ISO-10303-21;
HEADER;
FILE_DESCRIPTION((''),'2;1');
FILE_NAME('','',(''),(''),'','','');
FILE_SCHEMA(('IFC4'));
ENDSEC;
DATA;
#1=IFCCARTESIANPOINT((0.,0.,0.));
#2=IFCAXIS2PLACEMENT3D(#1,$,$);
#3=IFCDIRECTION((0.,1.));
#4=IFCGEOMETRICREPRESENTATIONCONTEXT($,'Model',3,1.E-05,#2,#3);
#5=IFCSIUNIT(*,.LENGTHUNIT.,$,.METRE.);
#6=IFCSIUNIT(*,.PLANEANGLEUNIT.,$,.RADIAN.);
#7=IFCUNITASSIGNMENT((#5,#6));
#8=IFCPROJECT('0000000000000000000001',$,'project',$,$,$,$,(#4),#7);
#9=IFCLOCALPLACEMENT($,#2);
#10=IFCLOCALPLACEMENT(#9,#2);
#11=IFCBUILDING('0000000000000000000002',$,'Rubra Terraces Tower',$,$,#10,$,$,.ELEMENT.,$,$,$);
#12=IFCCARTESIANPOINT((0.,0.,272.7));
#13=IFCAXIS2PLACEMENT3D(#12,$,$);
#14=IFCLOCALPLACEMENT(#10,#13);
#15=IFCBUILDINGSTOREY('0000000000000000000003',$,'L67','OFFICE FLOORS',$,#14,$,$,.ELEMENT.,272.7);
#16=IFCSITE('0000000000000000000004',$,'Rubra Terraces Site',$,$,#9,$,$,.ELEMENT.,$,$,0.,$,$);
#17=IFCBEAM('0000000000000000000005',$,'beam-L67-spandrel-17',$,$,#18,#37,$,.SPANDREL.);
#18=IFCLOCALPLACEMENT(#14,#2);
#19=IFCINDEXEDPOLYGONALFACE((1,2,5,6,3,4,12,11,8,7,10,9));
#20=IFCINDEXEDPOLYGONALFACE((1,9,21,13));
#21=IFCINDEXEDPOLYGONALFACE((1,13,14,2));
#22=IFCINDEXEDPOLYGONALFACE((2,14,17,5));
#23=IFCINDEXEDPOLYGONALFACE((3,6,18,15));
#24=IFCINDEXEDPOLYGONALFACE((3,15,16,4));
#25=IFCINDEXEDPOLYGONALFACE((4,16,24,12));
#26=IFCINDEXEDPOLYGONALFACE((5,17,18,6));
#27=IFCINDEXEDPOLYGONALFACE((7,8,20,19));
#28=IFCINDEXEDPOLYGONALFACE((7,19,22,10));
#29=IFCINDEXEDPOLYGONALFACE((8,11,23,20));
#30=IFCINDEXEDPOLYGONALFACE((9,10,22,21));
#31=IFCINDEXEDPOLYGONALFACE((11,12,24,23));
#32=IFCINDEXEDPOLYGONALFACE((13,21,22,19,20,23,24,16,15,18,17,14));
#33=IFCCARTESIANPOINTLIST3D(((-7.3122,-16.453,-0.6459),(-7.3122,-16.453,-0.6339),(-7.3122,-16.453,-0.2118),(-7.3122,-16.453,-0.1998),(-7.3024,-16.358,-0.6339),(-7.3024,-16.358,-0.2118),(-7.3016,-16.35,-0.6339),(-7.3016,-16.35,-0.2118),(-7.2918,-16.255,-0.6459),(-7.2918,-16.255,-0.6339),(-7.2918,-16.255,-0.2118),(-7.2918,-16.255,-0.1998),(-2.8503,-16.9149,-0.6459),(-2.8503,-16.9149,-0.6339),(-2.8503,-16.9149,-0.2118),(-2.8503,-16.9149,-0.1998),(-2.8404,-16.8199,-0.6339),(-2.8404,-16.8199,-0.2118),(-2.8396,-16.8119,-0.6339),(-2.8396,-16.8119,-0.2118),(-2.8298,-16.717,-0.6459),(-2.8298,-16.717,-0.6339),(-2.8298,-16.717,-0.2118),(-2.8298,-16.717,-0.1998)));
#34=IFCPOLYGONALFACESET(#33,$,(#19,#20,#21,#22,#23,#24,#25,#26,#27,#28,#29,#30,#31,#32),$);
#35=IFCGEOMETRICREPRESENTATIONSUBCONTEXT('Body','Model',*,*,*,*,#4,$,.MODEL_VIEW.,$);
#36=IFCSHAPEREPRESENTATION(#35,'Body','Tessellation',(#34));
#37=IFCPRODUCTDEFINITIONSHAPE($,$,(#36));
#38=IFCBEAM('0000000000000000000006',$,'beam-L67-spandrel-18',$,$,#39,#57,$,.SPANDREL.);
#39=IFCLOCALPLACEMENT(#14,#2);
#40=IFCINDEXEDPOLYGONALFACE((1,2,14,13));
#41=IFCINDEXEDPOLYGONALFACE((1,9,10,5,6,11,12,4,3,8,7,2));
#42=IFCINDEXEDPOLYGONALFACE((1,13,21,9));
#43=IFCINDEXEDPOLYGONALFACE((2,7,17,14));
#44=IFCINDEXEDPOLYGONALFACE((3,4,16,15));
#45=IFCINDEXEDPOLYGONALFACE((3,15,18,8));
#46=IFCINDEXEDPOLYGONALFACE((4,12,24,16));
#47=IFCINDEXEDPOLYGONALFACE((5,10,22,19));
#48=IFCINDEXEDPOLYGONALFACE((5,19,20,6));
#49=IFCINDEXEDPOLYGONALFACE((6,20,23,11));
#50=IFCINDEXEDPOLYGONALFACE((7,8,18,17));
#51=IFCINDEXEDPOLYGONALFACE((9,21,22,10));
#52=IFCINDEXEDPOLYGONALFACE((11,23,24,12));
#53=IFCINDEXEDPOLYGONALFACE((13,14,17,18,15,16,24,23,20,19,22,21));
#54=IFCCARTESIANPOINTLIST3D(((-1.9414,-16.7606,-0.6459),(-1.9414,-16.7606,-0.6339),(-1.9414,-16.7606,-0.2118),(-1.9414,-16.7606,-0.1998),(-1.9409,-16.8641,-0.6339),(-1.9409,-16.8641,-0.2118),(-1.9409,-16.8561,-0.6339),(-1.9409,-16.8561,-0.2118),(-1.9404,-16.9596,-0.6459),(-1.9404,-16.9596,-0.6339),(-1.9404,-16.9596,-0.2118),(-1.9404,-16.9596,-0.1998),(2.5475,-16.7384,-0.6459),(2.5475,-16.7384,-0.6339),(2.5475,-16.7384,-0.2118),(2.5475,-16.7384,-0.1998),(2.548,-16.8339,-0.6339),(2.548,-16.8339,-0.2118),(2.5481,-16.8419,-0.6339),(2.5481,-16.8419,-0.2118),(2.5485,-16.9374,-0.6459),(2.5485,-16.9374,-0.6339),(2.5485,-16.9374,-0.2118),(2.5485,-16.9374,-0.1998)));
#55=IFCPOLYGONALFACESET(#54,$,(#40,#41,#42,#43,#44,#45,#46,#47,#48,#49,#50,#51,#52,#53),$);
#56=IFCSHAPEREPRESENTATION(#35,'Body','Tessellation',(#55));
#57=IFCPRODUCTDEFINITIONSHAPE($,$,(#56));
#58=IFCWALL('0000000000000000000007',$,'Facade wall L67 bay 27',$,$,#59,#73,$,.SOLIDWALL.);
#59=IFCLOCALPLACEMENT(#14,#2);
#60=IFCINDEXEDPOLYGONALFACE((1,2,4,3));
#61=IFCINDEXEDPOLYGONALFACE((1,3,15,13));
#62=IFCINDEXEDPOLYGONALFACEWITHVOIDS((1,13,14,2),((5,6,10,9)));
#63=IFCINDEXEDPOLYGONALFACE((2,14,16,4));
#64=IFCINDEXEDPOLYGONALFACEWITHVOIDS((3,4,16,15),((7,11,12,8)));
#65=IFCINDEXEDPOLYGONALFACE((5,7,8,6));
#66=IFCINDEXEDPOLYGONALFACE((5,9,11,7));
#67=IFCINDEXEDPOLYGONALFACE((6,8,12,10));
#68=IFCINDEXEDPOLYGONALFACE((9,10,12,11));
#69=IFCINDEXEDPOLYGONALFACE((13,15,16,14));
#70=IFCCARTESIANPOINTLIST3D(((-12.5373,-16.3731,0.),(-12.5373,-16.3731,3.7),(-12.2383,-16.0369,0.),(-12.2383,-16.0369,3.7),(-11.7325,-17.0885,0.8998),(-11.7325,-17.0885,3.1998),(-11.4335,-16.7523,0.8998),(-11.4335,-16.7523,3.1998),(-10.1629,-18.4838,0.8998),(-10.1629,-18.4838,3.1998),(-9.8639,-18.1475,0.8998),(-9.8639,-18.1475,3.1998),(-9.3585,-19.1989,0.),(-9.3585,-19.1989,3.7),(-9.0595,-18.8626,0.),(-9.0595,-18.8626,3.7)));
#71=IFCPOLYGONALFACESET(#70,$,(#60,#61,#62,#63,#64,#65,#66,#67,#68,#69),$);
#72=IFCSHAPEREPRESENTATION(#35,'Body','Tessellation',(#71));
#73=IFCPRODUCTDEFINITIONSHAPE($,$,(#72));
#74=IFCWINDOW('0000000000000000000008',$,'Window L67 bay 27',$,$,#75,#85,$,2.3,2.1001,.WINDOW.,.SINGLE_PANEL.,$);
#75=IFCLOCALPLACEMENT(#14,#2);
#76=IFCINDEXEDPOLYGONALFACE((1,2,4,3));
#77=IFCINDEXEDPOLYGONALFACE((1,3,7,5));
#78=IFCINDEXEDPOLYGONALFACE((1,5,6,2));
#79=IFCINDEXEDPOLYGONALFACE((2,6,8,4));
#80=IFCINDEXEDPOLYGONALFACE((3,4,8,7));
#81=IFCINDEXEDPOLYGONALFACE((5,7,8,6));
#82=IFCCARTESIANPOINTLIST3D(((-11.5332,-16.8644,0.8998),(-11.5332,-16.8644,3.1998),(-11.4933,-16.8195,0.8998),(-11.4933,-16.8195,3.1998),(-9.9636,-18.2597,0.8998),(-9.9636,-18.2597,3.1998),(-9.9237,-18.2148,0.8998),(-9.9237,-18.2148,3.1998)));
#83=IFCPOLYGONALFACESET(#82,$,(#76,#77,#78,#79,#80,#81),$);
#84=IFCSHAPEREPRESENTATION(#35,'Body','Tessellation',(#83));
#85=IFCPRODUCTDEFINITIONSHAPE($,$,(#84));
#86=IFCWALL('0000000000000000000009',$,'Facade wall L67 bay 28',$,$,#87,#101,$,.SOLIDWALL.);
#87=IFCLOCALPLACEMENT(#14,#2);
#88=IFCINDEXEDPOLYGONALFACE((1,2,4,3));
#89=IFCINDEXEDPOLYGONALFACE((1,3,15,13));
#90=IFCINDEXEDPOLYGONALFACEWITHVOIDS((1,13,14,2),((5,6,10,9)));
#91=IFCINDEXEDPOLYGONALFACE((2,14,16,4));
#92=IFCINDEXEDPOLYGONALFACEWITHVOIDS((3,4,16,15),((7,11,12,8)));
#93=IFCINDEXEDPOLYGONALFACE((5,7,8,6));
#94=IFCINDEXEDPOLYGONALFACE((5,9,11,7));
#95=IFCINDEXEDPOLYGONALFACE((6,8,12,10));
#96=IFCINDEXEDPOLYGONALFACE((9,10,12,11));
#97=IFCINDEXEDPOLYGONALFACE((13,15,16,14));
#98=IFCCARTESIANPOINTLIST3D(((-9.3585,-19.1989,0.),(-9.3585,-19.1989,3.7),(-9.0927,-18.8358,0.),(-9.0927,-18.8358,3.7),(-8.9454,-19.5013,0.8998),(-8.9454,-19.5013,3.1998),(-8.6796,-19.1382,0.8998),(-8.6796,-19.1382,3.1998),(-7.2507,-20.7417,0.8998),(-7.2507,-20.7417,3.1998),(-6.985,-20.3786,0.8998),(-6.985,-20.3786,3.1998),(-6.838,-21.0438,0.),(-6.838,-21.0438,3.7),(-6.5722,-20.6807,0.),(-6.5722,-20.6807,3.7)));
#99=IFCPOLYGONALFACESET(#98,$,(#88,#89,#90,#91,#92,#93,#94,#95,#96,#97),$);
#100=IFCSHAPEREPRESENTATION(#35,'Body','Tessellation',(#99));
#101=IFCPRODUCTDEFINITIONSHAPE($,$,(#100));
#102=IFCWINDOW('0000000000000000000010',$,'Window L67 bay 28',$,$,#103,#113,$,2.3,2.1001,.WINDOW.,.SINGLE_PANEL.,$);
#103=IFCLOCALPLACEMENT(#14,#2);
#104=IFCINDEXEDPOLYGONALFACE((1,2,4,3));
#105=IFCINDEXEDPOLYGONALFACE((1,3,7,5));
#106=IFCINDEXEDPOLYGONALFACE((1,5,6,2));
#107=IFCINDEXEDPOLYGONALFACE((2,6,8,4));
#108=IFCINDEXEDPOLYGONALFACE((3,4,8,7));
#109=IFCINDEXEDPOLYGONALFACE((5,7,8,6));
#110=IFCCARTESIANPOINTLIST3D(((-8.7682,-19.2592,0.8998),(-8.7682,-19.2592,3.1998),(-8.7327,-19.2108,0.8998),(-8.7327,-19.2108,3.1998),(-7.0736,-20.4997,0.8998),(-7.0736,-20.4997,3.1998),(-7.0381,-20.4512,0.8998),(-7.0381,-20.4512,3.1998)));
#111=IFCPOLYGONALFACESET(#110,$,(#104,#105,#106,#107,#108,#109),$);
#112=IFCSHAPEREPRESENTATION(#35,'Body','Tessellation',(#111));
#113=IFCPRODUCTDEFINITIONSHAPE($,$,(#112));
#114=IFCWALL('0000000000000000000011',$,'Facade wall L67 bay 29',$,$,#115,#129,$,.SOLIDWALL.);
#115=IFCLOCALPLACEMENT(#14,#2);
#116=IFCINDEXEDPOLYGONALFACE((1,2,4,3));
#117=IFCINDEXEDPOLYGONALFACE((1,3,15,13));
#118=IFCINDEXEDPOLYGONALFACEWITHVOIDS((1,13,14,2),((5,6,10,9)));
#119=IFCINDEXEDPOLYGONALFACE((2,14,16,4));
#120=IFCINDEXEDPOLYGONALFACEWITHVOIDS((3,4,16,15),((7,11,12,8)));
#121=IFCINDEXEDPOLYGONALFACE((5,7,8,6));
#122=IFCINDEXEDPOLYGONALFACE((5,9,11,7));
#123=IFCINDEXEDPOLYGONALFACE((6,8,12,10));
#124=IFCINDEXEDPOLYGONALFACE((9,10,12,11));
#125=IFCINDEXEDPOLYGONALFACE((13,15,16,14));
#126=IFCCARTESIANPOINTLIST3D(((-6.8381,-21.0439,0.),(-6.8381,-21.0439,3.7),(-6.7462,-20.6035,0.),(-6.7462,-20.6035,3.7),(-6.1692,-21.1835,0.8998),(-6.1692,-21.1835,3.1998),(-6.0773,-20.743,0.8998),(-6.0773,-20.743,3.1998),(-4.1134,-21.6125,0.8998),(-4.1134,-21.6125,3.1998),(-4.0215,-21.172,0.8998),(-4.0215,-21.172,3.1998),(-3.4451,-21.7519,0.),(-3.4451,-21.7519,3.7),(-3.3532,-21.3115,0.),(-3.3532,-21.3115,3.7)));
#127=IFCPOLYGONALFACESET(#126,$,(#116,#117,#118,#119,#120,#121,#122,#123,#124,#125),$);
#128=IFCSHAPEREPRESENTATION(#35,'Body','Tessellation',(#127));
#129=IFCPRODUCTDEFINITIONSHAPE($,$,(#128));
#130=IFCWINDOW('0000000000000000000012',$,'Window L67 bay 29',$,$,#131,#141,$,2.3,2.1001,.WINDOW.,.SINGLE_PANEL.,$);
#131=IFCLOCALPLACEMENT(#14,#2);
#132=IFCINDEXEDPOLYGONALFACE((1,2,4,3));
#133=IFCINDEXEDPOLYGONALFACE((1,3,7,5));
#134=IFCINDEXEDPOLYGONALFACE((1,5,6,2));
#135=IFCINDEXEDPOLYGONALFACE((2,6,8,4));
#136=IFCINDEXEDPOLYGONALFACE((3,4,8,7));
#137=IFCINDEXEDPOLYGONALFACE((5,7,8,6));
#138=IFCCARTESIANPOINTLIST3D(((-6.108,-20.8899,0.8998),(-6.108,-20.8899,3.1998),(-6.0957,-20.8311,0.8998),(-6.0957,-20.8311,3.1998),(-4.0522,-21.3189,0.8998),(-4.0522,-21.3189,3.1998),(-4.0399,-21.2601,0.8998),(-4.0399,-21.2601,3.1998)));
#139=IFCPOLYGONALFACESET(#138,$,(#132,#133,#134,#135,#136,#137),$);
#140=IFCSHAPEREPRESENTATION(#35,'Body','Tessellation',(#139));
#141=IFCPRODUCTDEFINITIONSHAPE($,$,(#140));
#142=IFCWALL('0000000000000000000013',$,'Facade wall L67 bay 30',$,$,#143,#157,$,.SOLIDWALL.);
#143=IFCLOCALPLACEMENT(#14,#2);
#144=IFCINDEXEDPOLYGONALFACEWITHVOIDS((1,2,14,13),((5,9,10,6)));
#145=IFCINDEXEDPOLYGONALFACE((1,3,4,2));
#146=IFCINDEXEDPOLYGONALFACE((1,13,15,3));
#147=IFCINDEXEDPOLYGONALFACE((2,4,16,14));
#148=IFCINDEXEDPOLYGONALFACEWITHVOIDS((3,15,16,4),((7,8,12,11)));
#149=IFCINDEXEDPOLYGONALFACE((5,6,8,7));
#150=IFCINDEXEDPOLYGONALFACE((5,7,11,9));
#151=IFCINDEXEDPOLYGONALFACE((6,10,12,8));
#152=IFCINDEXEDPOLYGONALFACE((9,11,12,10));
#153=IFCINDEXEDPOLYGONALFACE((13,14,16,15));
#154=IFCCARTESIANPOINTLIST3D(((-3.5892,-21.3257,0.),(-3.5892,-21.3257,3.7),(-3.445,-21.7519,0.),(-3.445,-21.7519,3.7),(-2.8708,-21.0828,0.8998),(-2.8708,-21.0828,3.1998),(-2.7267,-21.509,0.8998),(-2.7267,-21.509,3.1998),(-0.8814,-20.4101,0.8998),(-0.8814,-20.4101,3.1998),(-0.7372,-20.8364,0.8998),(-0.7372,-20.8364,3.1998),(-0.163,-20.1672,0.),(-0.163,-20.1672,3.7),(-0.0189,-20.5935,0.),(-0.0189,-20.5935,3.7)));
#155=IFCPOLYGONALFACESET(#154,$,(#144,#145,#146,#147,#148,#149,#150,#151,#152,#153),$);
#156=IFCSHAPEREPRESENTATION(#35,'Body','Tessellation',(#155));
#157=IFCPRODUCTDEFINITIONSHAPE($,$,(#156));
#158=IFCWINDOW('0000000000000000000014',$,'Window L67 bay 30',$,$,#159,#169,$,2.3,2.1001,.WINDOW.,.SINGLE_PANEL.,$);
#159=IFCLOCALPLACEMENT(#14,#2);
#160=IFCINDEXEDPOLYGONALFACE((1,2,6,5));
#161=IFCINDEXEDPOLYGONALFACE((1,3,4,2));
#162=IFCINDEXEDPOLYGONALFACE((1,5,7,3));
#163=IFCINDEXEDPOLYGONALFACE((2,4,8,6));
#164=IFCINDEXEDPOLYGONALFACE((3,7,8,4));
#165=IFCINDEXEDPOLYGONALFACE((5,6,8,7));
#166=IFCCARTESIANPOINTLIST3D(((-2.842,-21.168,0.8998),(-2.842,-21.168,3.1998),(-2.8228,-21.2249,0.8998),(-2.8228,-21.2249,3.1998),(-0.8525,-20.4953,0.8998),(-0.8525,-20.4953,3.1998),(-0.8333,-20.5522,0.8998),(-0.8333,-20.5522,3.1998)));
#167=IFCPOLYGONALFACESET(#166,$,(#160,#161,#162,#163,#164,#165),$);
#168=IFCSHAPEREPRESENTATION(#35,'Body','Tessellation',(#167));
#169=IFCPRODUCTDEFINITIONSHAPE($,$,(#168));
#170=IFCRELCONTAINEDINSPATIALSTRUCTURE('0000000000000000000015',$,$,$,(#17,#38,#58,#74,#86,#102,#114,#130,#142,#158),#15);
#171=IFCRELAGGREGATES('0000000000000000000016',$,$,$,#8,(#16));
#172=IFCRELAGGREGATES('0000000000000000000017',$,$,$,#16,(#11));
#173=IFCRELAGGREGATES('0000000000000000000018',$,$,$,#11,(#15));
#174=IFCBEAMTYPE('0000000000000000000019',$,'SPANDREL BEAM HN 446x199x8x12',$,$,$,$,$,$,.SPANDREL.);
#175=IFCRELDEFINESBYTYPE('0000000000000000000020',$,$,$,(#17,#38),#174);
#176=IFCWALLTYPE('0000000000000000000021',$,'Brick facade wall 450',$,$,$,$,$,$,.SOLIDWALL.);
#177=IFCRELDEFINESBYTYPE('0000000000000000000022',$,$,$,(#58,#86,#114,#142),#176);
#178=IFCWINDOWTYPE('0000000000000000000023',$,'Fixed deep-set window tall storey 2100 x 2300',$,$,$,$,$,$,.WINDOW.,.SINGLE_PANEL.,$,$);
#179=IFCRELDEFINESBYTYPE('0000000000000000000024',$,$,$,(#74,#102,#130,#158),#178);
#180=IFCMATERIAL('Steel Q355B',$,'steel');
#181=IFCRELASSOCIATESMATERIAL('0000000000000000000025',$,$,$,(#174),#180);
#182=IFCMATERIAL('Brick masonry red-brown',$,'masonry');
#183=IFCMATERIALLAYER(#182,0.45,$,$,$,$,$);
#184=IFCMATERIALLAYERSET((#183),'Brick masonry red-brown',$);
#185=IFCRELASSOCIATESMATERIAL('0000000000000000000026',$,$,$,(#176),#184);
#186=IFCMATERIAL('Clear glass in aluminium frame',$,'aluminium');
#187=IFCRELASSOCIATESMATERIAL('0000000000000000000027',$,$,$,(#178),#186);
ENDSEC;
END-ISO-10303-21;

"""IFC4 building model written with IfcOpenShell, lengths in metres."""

from ifc_helpers import new_model, si_unit, direction, frame, frame_2d, origin, origin_2d, place, context, subcontext, project, spatial, rectangle, i_section, extrude, material, layer, layer_set, material_profile, profile_set, type_object, element, fill, save


model = new_model("IFC4")

# Units and contexts
model_context = context("Model", 3, precision=1e-05, world=origin(), true_north=direction((0.0, 1.0)))
body_context = subcontext(model_context, "Body", "Model", "MODEL_VIEW")
ifc_project = project(units=[si_unit("LENGTHUNIT", "METRE"), si_unit("PLANEANGLEUNIT", "RADIAN")], contexts=[model_context])

# Site, building, storey
site_placement = place(None, origin())
site = spatial("IfcSite", under=ifc_project, at=site_placement, Name="Rubra Terraces Site", CompositionType="ELEMENT", RefElevation=0.0)
building_placement = place(site_placement, origin())
building = spatial("IfcBuilding", under=site, at=building_placement, Name="Rubra Terraces Tower", CompositionType="ELEMENT")
storey_placement = place(building_placement, frame((0.0, 0.0, 272.7)))
storey = spatial("IfcBuildingStorey", under=building, at=storey_placement, Name="L67", Description="OFFICE FLOORS", CompositionType="ELEMENT", Elevation=272.7)

# Beams
ifc_material_1 = material(Name="Steel Q355B", Category="steel")
ifc_material_profile_1 = material_profile(ifc_material_1, i_section(OverallWidth=0.199, OverallDepth=0.446, WebThickness=0.0081, FlangeThickness=0.012, at=origin_2d()), Name="HN 446x199x8x12")
ifc_profile_set_1 = profile_set([ifc_material_profile_1], Name="Steel Q355B")
beam_type_1 = type_object("IfcBeamType", Name="SPANDREL BEAM HN 446x199x8x12", PredefinedType="SPANDREL", material=ifc_profile_set_1)
beam_1_placement = place(storey_placement, frame((-7.302, -16.354, -0.4229), z_axis=(0.994684, -0.102973, 0.0), x_axis=(0.102973, 0.994684, 0.0)))
element("IfcBeam", 1, at=beam_1_placement, inside=storey, type_object=beam_type_1, Name="beam-L67-spandrel-17", PredefinedType="SPANDREL", context=body_context, shape_type="SweptSolid", body=[
    extrude(i_section(OverallWidth=0.199, OverallDepth=0.446, WebThickness=0.0081, FlangeThickness=0.012, at=origin_2d()), origin(), (0.0, 0.0, 1.0), 4.4858),
])
beam_2_placement = place(storey_placement, frame((-1.9409, -16.8601, -0.4229), z_axis=(0.999988, 0.004949, 0.0), x_axis=(-0.004949, 0.999988, 0.0)))
element("IfcBeam", 2, at=beam_2_placement, inside=storey, type_object=beam_type_1, Name="beam-L67-spandrel-18", PredefinedType="SPANDREL", context=body_context, shape_type="SweptSolid", body=[
    extrude(i_section(OverallWidth=0.199, OverallDepth=0.446, WebThickness=0.0081, FlangeThickness=0.012, at=origin_2d()), origin(), (0.0, 0.0, 1.0), 4.489),
])

# Walls, openings, windows
ifc_material_2 = material(Name="Brick masonry red-brown", Category="masonry")
ifc_layer = layer(ifc_material_2, 0.45)
ifc_layer_set = layer_set([ifc_layer], Name="Brick masonry red-brown")
wall_type = type_object("IfcWallType", Name="Brick facade wall 450", PredefinedType="SOLIDWALL", material=ifc_layer_set)
wall_1_placement = place(storey_placement, frame((-12.3877, -16.2051, 0.0), z_axis=(0.0, 0.0, 1.0), x_axis=(0.74739, -0.664385, 0.0)))
wall_1 = element("IfcWall", 3, at=wall_1_placement, inside=storey, type_object=wall_type, Name="Facade wall L67 bay 27", PredefinedType="SOLIDWALL", context=body_context, shape_type="SweptSolid", body=[
    extrude(rectangle(XDim=4.2532, YDim=0.45, at=frame_2d((2.1265, 0.0))), origin(), (0.0, 0.0, 1.0), 3.7),
])
opening_1_placement = place(wall_1_placement, frame((1.0767, 0.0, 0.8999)))
opening_1 = element("IfcOpeningElement", 4, at=opening_1_placement, cuts=wall_1, PredefinedType="OPENING", context=body_context, shape_type="SweptSolid", body=[
    extrude(rectangle(XDim=2.1001, YDim=2.3, at=frame_2d((1.05, 1.1499))), frame((0.0, 0.2349, 0.0), z_axis=(0.0, -1.0, 0.0), x_axis=(1.0, 0.0, 0.0)), (0.0, 0.0, 1.0), 0.47),
])
ifc_material_3 = material(Name="Clear glass in aluminium frame", Category="aluminium")
window_type = type_object("IfcWindowType", Name="Fixed deep-set window tall storey 2100 x 2300", PartitioningType="SINGLE_PANEL", PredefinedType="WINDOW", material=ifc_material_3)
window_1_placement = place(opening_1_placement, origin())
window_1 = element("IfcWindow", 5, at=window_1_placement, inside=storey, type_object=window_type, Name="Window L67 bay 27", OverallHeight=2.3, OverallWidth=2.1001, PartitioningType="SINGLE_PANEL", PredefinedType="WINDOW", context=body_context, shape_type="SweptSolid", body=[
    extrude(rectangle(XDim=2.1001, YDim=2.3, at=frame_2d((1.05, 1.1499))), frame((0.0, 0.135, 0.0), z_axis=(0.0, -1.0, 0.0), x_axis=(1.0, 0.0, 0.0)), (0.0, 0.0, 1.0), 0.0601),
])
fill(opening_1, window_1)
wall_2_placement = place(storey_placement, frame((-9.2256, -19.0173, 0.0), z_axis=(0.0, 0.0, 1.0), x_axis=(0.806924, -0.590655, 0.0)))
wall_2 = element("IfcWall", 6, at=wall_2_placement, inside=storey, type_object=wall_type, Name="Facade wall L67 bay 28", PredefinedType="SOLIDWALL", context=body_context, shape_type="SweptSolid", body=[
    extrude(rectangle(XDim=3.1235, YDim=0.45, at=frame_2d((1.5618, 0.0))), origin(), (0.0, 0.0, 1.0), 3.7),
])
opening_2_placement = place(wall_2_placement, frame((0.512, 0.0, 0.8999)))
opening_2 = element("IfcOpeningElement", 7, at=opening_2_placement, cuts=wall_2, PredefinedType="OPENING", context=body_context, shape_type="SweptSolid", body=[
    extrude(rectangle(XDim=2.1001, YDim=2.3, at=frame_2d((1.05, 1.1499))), frame((0.0, 0.2349, 0.0), z_axis=(0.0, -1.0, 0.0), x_axis=(1.0, 0.0, 0.0)), (0.0, 0.0, 1.0), 0.47),
])
window_2_placement = place(opening_2_placement, origin())
window_2 = element("IfcWindow", 8, at=window_2_placement, inside=storey, type_object=window_type, Name="Window L67 bay 28", OverallHeight=2.3, OverallWidth=2.1001, PartitioningType="SINGLE_PANEL", PredefinedType="WINDOW", context=body_context, shape_type="SweptSolid", body=[
    extrude(rectangle(XDim=2.1001, YDim=2.3, at=frame_2d((1.05, 1.1499))), frame((0.0, 0.135, 0.0), z_axis=(0.0, -1.0, 0.0), x_axis=(1.0, 0.0, 0.0)), (0.0, 0.0, 1.0), 0.0601),
])
fill(opening_2, window_2)
wall_3_placement = place(storey_placement, frame((-6.792, -20.8237, 0.0), z_axis=(0.0, 0.0, 1.0), x_axis=(0.978916, -0.204264, 0.0)))
wall_3 = element("IfcWall", 9, at=wall_3_placement, inside=storey, type_object=wall_type, Name="Facade wall L67 bay 29", PredefinedType="SOLIDWALL", context=body_context, shape_type="SweptSolid", body=[
    extrude(rectangle(XDim=3.4661, YDim=0.45, at=frame_2d((1.7329, 0.0))), origin(), (0.0, 0.0, 1.0), 3.7),
])
opening_3_placement = place(wall_3_placement, frame((0.6831, 0.0, 0.8999)))
opening_3 = element("IfcOpeningElement", 10, at=opening_3_placement, cuts=wall_3, PredefinedType="OPENING", context=body_context, shape_type="SweptSolid", body=[
    extrude(rectangle(XDim=2.1001, YDim=2.3, at=frame_2d((1.05, 1.1499))), frame((0.0, 0.2349, 0.0), z_axis=(0.0, -1.0, 0.0), x_axis=(1.0, 0.0, 0.0)), (0.0, 0.0, 1.0), 0.47),
])
window_3_placement = place(opening_3_placement, origin())
window_3 = element("IfcWindow", 11, at=window_3_placement, inside=storey, type_object=window_type, Name="Window L67 bay 29", OverallHeight=2.3, OverallWidth=2.1001, PartitioningType="SINGLE_PANEL", PredefinedType="WINDOW", context=body_context, shape_type="SweptSolid", body=[
    extrude(rectangle(XDim=2.1001, YDim=2.3, at=frame_2d((1.05, 1.1499))), frame((0.0, 0.135, 0.0), z_axis=(0.0, -1.0, 0.0), x_axis=(1.0, 0.0, 0.0)), (0.0, 0.0, 1.0), 0.0601),
])
fill(opening_3, window_3)
wall_4_placement = place(storey_placement, frame((-3.5171, -21.5388, 0.0), z_axis=(0.0, 0.0, 1.0), x_axis=(0.947311, 0.320316, 0.0)))
wall_4 = element("IfcWall", 12, at=wall_4_placement, inside=storey, type_object=wall_type, Name="Facade wall L67 bay 30", PredefinedType="SOLIDWALL", context=body_context, shape_type="SweptSolid", body=[
    extrude(rectangle(XDim=3.6167, YDim=0.45, at=frame_2d((1.8083, 0.0))), origin(), (0.0, 0.0, 1.0), 3.7),
])
opening_4_placement = place(wall_4_placement, frame((0.7583, 0.0, 0.8999)))
opening_4 = element("IfcOpeningElement", 13, at=opening_4_placement, cuts=wall_4, PredefinedType="OPENING", context=body_context, shape_type="SweptSolid", body=[
    extrude(rectangle(XDim=2.1001, YDim=2.3, at=frame_2d((1.05, 1.1499))), frame((0.0, 0.2349, 0.0), z_axis=(0.0, -1.0, 0.0), x_axis=(1.0, 0.0, 0.0)), (0.0, 0.0, 1.0), 0.47),
])
window_4_placement = place(opening_4_placement, origin())
window_4 = element("IfcWindow", 14, at=window_4_placement, inside=storey, type_object=window_type, Name="Window L67 bay 30", OverallHeight=2.3, OverallWidth=2.1001, PartitioningType="SINGLE_PANEL", PredefinedType="WINDOW", context=body_context, shape_type="SweptSolid", body=[
    extrude(rectangle(XDim=2.1001, YDim=2.3, at=frame_2d((1.05, 1.1499))), frame((0.0, 0.135, 0.0), z_axis=(0.0, -1.0, 0.0), x_axis=(1.0, 0.0, 0.0)), (0.0, 0.0, 1.0), 0.0601),
])
fill(opening_4, window_4)

save(model, "model.ifc")
